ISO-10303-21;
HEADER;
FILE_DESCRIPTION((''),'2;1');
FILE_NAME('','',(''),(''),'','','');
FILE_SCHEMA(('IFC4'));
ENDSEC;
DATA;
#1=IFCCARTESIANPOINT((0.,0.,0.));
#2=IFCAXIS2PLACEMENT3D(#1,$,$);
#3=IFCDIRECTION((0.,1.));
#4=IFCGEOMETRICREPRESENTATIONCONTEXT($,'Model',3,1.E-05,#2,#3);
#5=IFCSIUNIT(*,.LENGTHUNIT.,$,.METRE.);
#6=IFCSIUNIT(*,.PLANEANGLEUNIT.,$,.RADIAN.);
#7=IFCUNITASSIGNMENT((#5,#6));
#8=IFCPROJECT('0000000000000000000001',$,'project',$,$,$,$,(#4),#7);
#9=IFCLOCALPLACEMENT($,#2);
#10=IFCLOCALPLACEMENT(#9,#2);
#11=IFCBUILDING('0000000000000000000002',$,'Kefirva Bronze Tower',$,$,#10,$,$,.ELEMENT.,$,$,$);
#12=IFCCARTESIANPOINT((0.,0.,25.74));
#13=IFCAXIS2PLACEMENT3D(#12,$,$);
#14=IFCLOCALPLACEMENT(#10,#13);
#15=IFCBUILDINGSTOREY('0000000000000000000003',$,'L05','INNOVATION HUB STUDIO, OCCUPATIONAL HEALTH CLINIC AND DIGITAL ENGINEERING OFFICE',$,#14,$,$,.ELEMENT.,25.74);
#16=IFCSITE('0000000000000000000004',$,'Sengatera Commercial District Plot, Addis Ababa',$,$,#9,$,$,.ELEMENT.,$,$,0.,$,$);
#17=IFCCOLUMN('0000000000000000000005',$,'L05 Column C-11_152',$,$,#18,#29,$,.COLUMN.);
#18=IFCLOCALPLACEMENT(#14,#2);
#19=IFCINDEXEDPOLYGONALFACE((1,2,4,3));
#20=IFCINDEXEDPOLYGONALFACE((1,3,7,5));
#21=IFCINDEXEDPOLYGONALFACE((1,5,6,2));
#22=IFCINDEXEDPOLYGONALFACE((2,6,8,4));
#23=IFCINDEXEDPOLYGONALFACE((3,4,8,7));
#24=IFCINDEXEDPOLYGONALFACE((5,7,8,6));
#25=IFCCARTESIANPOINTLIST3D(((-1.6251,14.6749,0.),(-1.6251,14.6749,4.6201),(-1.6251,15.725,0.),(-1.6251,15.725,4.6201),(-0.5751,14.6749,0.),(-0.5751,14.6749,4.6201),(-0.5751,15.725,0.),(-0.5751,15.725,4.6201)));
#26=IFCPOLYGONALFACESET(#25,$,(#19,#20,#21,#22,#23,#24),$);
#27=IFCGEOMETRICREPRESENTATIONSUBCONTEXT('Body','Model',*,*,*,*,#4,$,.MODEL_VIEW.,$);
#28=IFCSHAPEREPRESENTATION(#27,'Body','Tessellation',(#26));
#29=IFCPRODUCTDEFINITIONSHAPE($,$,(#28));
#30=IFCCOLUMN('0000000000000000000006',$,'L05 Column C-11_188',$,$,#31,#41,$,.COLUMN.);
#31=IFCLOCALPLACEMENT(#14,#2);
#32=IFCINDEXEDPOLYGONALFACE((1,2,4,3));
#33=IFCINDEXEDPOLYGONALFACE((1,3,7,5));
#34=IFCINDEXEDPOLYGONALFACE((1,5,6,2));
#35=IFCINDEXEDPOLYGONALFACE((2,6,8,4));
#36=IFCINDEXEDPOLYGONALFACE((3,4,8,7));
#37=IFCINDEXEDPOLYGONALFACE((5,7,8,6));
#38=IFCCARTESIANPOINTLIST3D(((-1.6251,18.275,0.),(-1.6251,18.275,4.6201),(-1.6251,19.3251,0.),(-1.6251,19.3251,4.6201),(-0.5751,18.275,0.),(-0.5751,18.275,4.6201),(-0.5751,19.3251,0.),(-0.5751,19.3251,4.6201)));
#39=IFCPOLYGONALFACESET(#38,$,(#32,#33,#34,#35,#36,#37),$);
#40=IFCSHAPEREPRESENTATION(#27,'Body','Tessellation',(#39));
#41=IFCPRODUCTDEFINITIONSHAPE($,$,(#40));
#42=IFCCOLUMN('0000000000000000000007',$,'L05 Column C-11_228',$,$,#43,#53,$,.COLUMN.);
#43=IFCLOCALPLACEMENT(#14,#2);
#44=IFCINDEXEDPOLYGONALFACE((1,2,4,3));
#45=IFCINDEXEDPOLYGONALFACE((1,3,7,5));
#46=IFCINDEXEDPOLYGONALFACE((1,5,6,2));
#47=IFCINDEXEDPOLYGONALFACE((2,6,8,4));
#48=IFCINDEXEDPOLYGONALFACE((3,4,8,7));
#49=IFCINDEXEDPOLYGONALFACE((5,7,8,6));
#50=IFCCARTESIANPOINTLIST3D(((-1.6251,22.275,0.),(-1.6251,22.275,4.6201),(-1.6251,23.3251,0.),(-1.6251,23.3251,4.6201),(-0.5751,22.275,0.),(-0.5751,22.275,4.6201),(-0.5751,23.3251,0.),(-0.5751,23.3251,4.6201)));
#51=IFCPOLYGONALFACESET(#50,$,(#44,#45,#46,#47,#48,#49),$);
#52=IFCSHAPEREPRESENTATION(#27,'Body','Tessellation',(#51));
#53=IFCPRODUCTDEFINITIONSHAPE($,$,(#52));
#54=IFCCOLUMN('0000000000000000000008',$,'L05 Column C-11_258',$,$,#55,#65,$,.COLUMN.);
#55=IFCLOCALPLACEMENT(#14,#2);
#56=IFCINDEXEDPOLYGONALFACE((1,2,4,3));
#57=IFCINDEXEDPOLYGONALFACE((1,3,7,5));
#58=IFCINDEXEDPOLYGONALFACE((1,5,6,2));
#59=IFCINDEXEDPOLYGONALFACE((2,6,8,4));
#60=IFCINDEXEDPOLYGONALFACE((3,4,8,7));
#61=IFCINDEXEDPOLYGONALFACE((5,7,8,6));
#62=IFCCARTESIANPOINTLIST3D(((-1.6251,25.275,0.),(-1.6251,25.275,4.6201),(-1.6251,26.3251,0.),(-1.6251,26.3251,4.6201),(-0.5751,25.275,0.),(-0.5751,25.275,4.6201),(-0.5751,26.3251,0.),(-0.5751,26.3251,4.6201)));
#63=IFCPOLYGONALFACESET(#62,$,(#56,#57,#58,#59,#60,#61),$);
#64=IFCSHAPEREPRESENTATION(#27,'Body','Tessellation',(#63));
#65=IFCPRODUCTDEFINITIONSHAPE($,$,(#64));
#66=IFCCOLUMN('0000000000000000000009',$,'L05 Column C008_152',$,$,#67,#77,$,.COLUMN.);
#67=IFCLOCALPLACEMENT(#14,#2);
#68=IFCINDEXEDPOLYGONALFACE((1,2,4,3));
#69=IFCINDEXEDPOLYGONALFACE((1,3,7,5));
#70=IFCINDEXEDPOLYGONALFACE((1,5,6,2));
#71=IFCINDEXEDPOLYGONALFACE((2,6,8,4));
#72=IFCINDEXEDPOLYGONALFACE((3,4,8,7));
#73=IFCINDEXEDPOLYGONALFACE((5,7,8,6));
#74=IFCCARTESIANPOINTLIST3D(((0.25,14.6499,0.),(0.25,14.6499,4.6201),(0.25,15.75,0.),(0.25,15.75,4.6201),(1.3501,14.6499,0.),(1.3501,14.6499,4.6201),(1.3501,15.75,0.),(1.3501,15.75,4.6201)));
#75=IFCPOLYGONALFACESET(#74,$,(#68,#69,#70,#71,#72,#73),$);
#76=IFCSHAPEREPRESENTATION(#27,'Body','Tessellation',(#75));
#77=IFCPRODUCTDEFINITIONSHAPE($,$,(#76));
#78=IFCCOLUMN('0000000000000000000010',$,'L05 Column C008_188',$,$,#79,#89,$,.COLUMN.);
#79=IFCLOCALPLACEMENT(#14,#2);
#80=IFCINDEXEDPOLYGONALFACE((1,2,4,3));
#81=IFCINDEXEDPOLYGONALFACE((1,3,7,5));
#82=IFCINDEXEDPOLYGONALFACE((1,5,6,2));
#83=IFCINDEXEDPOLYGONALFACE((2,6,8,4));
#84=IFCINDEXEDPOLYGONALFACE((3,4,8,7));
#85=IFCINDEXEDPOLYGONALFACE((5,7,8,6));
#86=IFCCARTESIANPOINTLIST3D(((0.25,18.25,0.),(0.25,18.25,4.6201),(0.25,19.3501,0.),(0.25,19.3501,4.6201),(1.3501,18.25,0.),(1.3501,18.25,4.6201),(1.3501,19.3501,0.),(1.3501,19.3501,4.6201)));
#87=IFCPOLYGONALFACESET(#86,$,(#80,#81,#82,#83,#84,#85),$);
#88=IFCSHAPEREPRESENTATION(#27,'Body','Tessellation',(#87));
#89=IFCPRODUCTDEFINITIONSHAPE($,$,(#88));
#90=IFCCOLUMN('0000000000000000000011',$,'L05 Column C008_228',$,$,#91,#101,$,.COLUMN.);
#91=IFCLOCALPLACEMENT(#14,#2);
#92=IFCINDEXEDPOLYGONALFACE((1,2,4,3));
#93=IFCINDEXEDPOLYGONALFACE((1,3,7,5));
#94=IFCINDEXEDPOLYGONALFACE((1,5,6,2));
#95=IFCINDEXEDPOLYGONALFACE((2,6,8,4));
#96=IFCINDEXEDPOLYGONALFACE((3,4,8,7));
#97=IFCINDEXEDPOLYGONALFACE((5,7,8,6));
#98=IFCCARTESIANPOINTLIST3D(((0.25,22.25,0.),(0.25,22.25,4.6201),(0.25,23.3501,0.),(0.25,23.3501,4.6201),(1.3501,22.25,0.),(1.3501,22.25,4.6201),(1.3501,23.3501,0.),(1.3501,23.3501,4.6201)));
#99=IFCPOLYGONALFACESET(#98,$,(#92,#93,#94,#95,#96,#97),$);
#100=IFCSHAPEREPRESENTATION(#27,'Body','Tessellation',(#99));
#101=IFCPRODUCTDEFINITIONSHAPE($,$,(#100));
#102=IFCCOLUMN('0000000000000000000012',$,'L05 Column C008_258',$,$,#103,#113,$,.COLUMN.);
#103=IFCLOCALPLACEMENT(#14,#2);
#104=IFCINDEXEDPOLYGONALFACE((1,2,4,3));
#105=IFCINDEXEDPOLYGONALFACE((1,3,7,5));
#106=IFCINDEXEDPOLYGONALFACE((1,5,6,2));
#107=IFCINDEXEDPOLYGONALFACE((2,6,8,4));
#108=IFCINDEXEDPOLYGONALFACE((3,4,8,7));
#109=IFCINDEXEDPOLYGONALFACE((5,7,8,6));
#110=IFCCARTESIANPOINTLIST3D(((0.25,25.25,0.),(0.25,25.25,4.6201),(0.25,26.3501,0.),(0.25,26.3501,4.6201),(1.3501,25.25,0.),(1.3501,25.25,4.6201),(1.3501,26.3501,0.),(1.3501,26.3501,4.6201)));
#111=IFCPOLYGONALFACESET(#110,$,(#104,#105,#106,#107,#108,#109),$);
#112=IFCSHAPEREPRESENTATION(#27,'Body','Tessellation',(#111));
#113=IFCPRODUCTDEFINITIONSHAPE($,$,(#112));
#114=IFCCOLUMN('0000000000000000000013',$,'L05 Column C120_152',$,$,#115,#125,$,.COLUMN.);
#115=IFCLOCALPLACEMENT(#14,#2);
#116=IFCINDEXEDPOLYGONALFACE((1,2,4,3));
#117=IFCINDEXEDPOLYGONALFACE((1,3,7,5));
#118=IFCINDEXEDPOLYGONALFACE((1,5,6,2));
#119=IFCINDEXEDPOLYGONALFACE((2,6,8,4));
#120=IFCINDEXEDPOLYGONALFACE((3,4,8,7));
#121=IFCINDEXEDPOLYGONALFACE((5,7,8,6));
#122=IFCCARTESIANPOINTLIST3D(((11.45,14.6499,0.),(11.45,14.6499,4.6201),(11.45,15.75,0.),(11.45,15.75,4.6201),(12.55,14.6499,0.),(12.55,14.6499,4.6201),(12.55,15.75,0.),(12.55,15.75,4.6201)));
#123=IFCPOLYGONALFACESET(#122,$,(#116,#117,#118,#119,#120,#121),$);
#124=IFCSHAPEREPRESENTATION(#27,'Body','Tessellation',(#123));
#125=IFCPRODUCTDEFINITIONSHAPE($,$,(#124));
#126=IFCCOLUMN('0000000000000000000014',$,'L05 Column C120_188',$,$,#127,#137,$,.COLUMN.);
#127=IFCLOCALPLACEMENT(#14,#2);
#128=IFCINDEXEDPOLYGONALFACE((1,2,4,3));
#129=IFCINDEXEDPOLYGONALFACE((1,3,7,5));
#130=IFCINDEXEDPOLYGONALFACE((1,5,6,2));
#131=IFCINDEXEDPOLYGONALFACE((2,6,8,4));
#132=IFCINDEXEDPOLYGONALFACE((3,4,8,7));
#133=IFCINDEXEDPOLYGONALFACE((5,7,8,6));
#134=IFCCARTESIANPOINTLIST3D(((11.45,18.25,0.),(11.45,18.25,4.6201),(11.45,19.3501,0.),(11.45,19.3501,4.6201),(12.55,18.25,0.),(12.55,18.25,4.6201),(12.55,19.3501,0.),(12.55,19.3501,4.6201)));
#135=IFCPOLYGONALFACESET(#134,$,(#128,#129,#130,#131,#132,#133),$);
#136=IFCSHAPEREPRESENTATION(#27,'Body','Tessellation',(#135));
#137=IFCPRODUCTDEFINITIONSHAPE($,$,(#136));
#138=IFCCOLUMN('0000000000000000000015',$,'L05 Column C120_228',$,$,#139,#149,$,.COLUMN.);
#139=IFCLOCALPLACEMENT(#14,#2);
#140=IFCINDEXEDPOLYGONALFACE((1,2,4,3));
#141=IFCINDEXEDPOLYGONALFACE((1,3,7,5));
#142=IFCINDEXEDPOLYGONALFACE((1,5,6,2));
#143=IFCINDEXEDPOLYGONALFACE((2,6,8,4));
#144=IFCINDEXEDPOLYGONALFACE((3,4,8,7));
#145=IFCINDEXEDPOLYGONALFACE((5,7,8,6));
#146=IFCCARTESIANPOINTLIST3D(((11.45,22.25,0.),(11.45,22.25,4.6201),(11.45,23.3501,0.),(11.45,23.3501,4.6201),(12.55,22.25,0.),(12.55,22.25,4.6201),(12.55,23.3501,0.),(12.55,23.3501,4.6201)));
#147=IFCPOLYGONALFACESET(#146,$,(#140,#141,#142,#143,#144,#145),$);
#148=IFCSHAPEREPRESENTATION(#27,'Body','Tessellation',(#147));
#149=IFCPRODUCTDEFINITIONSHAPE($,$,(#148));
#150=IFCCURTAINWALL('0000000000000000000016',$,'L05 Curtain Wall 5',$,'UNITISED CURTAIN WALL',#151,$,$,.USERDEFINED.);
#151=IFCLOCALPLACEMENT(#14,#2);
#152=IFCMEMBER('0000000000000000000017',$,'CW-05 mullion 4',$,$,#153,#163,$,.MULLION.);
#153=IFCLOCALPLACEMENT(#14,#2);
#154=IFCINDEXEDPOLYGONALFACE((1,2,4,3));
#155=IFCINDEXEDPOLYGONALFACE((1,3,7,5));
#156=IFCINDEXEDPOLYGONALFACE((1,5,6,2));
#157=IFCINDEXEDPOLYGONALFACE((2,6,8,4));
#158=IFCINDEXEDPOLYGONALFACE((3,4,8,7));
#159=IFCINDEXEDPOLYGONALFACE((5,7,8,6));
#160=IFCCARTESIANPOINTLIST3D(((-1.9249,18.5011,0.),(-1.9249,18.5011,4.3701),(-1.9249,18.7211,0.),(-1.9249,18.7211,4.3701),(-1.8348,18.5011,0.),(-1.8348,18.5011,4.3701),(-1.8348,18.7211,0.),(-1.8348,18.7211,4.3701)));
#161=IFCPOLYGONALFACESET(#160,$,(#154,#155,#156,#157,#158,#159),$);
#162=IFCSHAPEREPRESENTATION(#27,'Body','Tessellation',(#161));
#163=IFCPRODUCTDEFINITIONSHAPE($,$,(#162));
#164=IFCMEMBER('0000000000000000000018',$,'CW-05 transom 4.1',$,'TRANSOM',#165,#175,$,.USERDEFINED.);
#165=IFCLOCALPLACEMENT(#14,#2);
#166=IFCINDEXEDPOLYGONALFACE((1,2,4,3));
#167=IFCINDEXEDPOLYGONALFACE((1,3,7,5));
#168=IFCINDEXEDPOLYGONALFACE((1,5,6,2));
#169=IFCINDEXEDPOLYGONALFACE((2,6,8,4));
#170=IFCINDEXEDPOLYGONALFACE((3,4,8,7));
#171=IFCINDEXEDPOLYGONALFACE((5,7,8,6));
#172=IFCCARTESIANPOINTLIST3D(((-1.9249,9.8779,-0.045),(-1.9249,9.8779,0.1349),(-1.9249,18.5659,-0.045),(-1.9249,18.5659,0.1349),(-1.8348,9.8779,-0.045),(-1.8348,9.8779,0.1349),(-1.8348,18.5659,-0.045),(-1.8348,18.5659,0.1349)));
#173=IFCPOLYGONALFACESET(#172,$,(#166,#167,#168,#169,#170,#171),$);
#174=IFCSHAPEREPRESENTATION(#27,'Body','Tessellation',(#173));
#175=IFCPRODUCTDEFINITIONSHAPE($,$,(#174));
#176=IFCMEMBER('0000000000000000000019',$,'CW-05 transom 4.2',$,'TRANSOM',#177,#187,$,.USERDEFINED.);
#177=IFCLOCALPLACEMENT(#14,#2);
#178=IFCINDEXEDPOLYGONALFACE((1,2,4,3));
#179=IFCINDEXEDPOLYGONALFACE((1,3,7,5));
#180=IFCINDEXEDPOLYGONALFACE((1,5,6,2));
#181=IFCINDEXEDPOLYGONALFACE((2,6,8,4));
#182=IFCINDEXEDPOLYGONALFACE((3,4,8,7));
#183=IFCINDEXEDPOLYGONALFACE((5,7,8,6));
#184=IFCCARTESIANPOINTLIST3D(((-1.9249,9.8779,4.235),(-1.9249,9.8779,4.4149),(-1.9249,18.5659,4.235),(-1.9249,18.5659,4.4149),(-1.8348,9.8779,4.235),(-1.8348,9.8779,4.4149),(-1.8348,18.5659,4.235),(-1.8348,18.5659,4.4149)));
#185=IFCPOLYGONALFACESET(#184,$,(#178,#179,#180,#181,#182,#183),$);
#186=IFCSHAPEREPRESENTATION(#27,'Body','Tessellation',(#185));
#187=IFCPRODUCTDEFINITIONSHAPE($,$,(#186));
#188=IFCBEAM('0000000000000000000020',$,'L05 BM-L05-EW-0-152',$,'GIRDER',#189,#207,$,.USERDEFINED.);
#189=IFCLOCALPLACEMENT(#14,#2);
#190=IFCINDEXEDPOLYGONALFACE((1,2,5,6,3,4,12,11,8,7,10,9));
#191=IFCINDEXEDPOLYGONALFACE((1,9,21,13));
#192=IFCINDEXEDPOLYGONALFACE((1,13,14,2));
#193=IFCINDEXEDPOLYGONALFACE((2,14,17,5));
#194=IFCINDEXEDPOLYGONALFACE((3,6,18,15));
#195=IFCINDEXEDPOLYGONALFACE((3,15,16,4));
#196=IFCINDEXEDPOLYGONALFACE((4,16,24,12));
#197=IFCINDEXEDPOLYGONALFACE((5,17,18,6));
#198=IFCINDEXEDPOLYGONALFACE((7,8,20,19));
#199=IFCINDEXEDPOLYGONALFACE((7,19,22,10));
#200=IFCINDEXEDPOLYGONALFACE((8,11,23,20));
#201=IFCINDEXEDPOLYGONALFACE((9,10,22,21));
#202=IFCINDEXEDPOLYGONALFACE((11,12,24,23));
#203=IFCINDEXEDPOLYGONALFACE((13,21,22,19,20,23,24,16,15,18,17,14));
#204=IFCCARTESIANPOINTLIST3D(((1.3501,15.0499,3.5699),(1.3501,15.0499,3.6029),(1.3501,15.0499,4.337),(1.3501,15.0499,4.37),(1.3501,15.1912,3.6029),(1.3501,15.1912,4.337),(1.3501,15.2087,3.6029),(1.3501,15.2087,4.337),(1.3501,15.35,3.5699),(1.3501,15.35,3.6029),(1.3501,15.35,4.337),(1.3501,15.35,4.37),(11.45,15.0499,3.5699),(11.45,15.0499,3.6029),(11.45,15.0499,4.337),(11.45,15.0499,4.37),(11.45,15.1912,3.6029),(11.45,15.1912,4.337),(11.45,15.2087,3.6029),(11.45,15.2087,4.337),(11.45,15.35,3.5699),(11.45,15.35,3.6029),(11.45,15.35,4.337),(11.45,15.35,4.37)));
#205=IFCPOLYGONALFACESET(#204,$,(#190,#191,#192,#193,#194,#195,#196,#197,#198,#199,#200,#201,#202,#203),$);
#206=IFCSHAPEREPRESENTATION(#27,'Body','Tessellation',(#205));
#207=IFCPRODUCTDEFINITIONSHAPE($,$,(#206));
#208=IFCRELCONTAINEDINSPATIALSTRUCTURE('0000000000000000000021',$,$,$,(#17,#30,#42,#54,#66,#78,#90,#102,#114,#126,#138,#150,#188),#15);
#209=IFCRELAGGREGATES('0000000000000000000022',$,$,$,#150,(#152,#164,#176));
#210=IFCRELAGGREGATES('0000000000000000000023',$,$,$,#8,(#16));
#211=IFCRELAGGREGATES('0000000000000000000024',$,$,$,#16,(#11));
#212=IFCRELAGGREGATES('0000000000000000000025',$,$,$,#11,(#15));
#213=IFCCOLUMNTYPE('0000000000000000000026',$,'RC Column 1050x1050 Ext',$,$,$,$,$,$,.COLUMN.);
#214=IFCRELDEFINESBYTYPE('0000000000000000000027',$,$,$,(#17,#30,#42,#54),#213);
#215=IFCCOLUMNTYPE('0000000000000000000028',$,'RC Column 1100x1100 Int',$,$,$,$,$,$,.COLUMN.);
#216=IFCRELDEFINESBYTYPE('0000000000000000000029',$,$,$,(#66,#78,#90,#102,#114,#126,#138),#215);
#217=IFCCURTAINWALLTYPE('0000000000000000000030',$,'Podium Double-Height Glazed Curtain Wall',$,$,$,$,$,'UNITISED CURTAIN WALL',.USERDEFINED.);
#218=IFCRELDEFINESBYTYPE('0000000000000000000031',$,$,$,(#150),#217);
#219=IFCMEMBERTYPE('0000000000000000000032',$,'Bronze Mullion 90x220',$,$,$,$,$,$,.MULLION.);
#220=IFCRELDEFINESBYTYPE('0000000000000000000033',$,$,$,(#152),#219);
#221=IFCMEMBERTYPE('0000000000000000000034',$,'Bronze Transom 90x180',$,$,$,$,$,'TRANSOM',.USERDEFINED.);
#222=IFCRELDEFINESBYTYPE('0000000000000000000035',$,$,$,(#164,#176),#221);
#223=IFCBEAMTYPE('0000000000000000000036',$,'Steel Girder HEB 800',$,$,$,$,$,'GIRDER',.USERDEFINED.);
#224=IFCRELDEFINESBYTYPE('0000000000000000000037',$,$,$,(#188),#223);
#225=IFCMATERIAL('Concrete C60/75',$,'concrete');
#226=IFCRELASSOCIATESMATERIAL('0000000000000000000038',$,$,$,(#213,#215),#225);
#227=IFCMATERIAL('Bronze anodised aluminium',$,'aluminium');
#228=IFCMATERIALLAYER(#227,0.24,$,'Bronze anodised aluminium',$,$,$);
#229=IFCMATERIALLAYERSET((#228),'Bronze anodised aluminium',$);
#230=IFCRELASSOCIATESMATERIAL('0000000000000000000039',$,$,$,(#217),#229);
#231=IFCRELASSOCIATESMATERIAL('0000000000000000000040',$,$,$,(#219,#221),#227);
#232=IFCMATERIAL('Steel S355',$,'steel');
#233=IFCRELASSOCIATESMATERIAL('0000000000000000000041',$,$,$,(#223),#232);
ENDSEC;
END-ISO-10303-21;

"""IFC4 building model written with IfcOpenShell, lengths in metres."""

from ifc_helpers import new_model, si_unit, direction, frame, origin, origin_2d, place, context, subcontext, project, spatial, rectangle, i_section, extrude, material, layer, layer_set, material_profile, profile_set, type_object, element, aggregate, save


model = new_model("IFC4")

# Units and contexts
model_context = context("Model", 3, precision=1e-05, world=origin(), true_north=direction((0.0, 1.0)))
body_context = subcontext(model_context, "Body", "Model", "MODEL_VIEW")
ifc_project = project(units=[si_unit("LENGTHUNIT", "METRE"), si_unit("PLANEANGLEUNIT", "RADIAN")], contexts=[model_context])

# Site, building, storey
site_placement = place(None, origin())
site = spatial("IfcSite", under=ifc_project, at=site_placement, Name="Sengatera Commercial District Plot, Addis Ababa", CompositionType="ELEMENT", RefElevation=0.0)
building_placement = place(site_placement, origin())
building = spatial("IfcBuilding", under=site, at=building_placement, Name="Kefirva Bronze Tower", CompositionType="ELEMENT")
storey_placement = place(building_placement, frame((0.0, 0.0, 25.74)))
storey = spatial("IfcBuildingStorey", under=building, at=storey_placement, Name="L05", Description="INNOVATION HUB STUDIO, OCCUPATIONAL HEALTH CLINIC AND DIGITAL ENGINEERING OFFICE", CompositionType="ELEMENT", Elevation=25.74)

# Columns
ifc_material_1 = material(Name="Concrete C60/75", Category="concrete")
ifc_material_profile_1 = material_profile(ifc_material_1, rectangle(XDim=1.05, YDim=1.05, at=origin_2d()), Name="RC 1050x1050")
ifc_profile_set_1 = profile_set([ifc_material_profile_1], Name="Concrete C60/75")
column_type_1 = type_object("IfcColumnType", Name="RC Column 1050x1050 Ext", PredefinedType="COLUMN", material=ifc_profile_set_1)
for number, where, z_axis, x_axis, name in (
    (1, (-1.1001, 15.2, 0.0), (0.0, 0.0, 1.0), (1.0, 0.0, 0.0), "L05 Column C-11_152"),
    (2, (-1.1001, 18.8, 0.0), (0.0, 0.0, 1.0), (1.0, 0.0, 0.0), "L05 Column C-11_188"),
    (3, (-1.1001, 22.8, 0.0), (0.0, 0.0, 1.0), (1.0, 0.0, 0.0), "L05 Column C-11_228"),
    (4, (-1.1001, 25.8, 0.0), (0.0, 0.0, 1.0), (1.0, 0.0, 0.0), "L05 Column C-11_258"),
):
    element("IfcColumn", number, at=place(storey_placement, frame(where, z_axis=z_axis, x_axis=x_axis)), inside=storey, type_object=column_type_1, Name=name, PredefinedType="COLUMN", context=body_context, shape_type="SweptSolid", body=[
        extrude(rectangle(XDim=1.05, YDim=1.05, at=origin_2d()), origin(), (0.0, 0.0, 1.0), 4.6201),
    ])
ifc_material_profile_2 = material_profile(ifc_material_1, rectangle(XDim=1.1001, YDim=1.1001, at=origin_2d()), Name="RC 1100x1100")
ifc_profile_set_2 = profile_set([ifc_material_profile_2], Name="Concrete C60/75")
column_type_2 = type_object("IfcColumnType", Name="RC Column 1100x1100 Int", PredefinedType="COLUMN", material=ifc_profile_set_2)
for number, where, z_axis, x_axis, name in (
    (5, (0.8, 15.2, 0.0), (0.0, 0.0, 1.0), (1.0, 0.0, 0.0), "L05 Column C008_152"),
    (6, (0.8, 18.8, 0.0), (0.0, 0.0, 1.0), (1.0, 0.0, 0.0), "L05 Column C008_188"),
    (7, (0.8, 22.8, 0.0), (0.0, 0.0, 1.0), (1.0, 0.0, 0.0), "L05 Column C008_228"),
    (8, (0.8, 25.8, 0.0), (0.0, 0.0, 1.0), (1.0, 0.0, 0.0), "L05 Column C008_258"),
    (9, (12.0, 15.2, 0.0), (0.0, 0.0, 1.0), (1.0, 0.0, 0.0), "L05 Column C120_152"),
    (10, (12.0, 18.8, 0.0), (0.0, 0.0, 1.0), (1.0, 0.0, 0.0), "L05 Column C120_188"),
    (11, (12.0, 22.8, 0.0), (0.0, 0.0, 1.0), (1.0, 0.0, 0.0), "L05 Column C120_228"),
):
    element("IfcColumn", number, at=place(storey_placement, frame(where, z_axis=z_axis, x_axis=x_axis)), inside=storey, type_object=column_type_2, Name=name, PredefinedType="COLUMN", context=body_context, shape_type="SweptSolid", body=[
        extrude(rectangle(XDim=1.1001, YDim=1.1001, at=origin_2d()), origin(), (0.0, 0.0, 1.0), 4.6201),
    ])

# Curtain wall, members
ifc_material_2 = material(Name="Bronze anodised aluminium", Category="aluminium")
ifc_layer_1 = layer(ifc_material_2, 0.24, Name="Bronze anodised aluminium")
ifc_layer_set_1 = layer_set([ifc_layer_1], Name="Bronze anodised aluminium")
curtain_wall_type = type_object("IfcCurtainWallType", Name="Podium Double-Height Glazed Curtain Wall", ElementType="UNITISED CURTAIN WALL", PredefinedType="USERDEFINED", material=ifc_layer_set_1)
curtain_wall_placement = place(storey_placement, origin())
curtain_wall = element("IfcCurtainWall", 12, at=curtain_wall_placement, inside=storey, type_object=curtain_wall_type, Name="L05 Curtain Wall 5", ObjectType="UNITISED CURTAIN WALL", PredefinedType="USERDEFINED")
ifc_material_profile_3 = material_profile(ifc_material_2, rectangle(XDim=0.0901, YDim=0.22, at=origin_2d()), Name="ALU 90x220")
ifc_profile_set_3 = profile_set([ifc_material_profile_3], Name="Bronze anodised aluminium")
member_type_1 = type_object("IfcMemberType", Name="Bronze Mullion 90x220", PredefinedType="MULLION", material=ifc_profile_set_3)
member_1_placement = place(storey_placement, frame((-1.8799, 18.6111, 0.0), z_axis=(0.0, 0.0, 1.0), x_axis=(1.0, 0.0, 0.0)))
member_1 = element("IfcMember", 13, at=member_1_placement, type_object=member_type_1, Name="CW-05 mullion 4", PredefinedType="MULLION", context=body_context, shape_type="SweptSolid", body=[
    extrude(rectangle(XDim=0.0901, YDim=0.22, at=origin_2d()), origin(), (0.0, 0.0, 1.0), 4.3701),
])
ifc_material_profile_4 = material_profile(ifc_material_2, rectangle(XDim=0.0901, YDim=0.1799, at=origin_2d()), Name="ALU 90x180")
ifc_profile_set_4 = profile_set([ifc_material_profile_4], Name="Bronze anodised aluminium")
member_type_2 = type_object("IfcMemberType", Name="Bronze Transom 90x180", ElementType="TRANSOM", PredefinedType="USERDEFINED", material=ifc_profile_set_4)
member_2_placement = place(storey_placement, frame((-1.8799, 18.5659, 0.0449), z_axis=(0.0, -1.0, 0.0), x_axis=(1.0, 0.0, 0.0)))
member_2 = element("IfcMember", 14, at=member_2_placement, type_object=member_type_2, Name="CW-05 transom 4.1", ObjectType="TRANSOM", PredefinedType="USERDEFINED", context=body_context, shape_type="SweptSolid", body=[
    extrude(rectangle(XDim=0.0901, YDim=0.1799, at=origin_2d()), origin(), (0.0, 0.0, 1.0), 8.688),
])
member_3_placement = place(storey_placement, frame((-1.8799, 18.5659, 4.325), z_axis=(0.0, -1.0, 0.0), x_axis=(1.0, 0.0, 0.0)))
member_3 = element("IfcMember", 15, at=member_3_placement, type_object=member_type_2, Name="CW-05 transom 4.2", ObjectType="TRANSOM", PredefinedType="USERDEFINED", context=body_context, shape_type="SweptSolid", body=[
    extrude(rectangle(XDim=0.0901, YDim=0.1799, at=origin_2d()), origin(), (0.0, 0.0, 1.0), 8.688),
])

# Beam
ifc_material_3 = material(Name="Steel S355", Category="steel")
ifc_material_profile_5 = material_profile(ifc_material_3, i_section(OverallWidth=0.3, OverallDepth=0.8, WebThickness=0.0176, FlangeThickness=0.033, at=origin_2d()), Name="HEB 800")
ifc_profile_set_5 = profile_set([ifc_material_profile_5], Name="Steel S355")
beam_type = type_object("IfcBeamType", Name="Steel Girder HEB 800", ElementType="GIRDER", PredefinedType="USERDEFINED", material=ifc_profile_set_5)
for number, where, z_axis, x_axis, name in (
    (16, (1.3501, 15.2, 3.97), (1.0, 0.0, 0.0), (0.0, 1.0, 0.0), "L05 BM-L05-EW-0-152"),
):
    element("IfcBeam", number, at=place(storey_placement, frame(where, z_axis=z_axis, x_axis=x_axis)), inside=storey, type_object=beam_type, Name=name, ObjectType="GIRDER", PredefinedType="USERDEFINED", context=body_context, shape_type="SweptSolid", body=[
        extrude(i_section(OverallWidth=0.3, OverallDepth=0.8, WebThickness=0.0176, FlangeThickness=0.033, at=origin_2d()), origin(), (0.0, 0.0, 1.0), 10.0999),
    ])

aggregate(curtain_wall, [member_1, member_2, member_3])

save(model, "model.ifc")
